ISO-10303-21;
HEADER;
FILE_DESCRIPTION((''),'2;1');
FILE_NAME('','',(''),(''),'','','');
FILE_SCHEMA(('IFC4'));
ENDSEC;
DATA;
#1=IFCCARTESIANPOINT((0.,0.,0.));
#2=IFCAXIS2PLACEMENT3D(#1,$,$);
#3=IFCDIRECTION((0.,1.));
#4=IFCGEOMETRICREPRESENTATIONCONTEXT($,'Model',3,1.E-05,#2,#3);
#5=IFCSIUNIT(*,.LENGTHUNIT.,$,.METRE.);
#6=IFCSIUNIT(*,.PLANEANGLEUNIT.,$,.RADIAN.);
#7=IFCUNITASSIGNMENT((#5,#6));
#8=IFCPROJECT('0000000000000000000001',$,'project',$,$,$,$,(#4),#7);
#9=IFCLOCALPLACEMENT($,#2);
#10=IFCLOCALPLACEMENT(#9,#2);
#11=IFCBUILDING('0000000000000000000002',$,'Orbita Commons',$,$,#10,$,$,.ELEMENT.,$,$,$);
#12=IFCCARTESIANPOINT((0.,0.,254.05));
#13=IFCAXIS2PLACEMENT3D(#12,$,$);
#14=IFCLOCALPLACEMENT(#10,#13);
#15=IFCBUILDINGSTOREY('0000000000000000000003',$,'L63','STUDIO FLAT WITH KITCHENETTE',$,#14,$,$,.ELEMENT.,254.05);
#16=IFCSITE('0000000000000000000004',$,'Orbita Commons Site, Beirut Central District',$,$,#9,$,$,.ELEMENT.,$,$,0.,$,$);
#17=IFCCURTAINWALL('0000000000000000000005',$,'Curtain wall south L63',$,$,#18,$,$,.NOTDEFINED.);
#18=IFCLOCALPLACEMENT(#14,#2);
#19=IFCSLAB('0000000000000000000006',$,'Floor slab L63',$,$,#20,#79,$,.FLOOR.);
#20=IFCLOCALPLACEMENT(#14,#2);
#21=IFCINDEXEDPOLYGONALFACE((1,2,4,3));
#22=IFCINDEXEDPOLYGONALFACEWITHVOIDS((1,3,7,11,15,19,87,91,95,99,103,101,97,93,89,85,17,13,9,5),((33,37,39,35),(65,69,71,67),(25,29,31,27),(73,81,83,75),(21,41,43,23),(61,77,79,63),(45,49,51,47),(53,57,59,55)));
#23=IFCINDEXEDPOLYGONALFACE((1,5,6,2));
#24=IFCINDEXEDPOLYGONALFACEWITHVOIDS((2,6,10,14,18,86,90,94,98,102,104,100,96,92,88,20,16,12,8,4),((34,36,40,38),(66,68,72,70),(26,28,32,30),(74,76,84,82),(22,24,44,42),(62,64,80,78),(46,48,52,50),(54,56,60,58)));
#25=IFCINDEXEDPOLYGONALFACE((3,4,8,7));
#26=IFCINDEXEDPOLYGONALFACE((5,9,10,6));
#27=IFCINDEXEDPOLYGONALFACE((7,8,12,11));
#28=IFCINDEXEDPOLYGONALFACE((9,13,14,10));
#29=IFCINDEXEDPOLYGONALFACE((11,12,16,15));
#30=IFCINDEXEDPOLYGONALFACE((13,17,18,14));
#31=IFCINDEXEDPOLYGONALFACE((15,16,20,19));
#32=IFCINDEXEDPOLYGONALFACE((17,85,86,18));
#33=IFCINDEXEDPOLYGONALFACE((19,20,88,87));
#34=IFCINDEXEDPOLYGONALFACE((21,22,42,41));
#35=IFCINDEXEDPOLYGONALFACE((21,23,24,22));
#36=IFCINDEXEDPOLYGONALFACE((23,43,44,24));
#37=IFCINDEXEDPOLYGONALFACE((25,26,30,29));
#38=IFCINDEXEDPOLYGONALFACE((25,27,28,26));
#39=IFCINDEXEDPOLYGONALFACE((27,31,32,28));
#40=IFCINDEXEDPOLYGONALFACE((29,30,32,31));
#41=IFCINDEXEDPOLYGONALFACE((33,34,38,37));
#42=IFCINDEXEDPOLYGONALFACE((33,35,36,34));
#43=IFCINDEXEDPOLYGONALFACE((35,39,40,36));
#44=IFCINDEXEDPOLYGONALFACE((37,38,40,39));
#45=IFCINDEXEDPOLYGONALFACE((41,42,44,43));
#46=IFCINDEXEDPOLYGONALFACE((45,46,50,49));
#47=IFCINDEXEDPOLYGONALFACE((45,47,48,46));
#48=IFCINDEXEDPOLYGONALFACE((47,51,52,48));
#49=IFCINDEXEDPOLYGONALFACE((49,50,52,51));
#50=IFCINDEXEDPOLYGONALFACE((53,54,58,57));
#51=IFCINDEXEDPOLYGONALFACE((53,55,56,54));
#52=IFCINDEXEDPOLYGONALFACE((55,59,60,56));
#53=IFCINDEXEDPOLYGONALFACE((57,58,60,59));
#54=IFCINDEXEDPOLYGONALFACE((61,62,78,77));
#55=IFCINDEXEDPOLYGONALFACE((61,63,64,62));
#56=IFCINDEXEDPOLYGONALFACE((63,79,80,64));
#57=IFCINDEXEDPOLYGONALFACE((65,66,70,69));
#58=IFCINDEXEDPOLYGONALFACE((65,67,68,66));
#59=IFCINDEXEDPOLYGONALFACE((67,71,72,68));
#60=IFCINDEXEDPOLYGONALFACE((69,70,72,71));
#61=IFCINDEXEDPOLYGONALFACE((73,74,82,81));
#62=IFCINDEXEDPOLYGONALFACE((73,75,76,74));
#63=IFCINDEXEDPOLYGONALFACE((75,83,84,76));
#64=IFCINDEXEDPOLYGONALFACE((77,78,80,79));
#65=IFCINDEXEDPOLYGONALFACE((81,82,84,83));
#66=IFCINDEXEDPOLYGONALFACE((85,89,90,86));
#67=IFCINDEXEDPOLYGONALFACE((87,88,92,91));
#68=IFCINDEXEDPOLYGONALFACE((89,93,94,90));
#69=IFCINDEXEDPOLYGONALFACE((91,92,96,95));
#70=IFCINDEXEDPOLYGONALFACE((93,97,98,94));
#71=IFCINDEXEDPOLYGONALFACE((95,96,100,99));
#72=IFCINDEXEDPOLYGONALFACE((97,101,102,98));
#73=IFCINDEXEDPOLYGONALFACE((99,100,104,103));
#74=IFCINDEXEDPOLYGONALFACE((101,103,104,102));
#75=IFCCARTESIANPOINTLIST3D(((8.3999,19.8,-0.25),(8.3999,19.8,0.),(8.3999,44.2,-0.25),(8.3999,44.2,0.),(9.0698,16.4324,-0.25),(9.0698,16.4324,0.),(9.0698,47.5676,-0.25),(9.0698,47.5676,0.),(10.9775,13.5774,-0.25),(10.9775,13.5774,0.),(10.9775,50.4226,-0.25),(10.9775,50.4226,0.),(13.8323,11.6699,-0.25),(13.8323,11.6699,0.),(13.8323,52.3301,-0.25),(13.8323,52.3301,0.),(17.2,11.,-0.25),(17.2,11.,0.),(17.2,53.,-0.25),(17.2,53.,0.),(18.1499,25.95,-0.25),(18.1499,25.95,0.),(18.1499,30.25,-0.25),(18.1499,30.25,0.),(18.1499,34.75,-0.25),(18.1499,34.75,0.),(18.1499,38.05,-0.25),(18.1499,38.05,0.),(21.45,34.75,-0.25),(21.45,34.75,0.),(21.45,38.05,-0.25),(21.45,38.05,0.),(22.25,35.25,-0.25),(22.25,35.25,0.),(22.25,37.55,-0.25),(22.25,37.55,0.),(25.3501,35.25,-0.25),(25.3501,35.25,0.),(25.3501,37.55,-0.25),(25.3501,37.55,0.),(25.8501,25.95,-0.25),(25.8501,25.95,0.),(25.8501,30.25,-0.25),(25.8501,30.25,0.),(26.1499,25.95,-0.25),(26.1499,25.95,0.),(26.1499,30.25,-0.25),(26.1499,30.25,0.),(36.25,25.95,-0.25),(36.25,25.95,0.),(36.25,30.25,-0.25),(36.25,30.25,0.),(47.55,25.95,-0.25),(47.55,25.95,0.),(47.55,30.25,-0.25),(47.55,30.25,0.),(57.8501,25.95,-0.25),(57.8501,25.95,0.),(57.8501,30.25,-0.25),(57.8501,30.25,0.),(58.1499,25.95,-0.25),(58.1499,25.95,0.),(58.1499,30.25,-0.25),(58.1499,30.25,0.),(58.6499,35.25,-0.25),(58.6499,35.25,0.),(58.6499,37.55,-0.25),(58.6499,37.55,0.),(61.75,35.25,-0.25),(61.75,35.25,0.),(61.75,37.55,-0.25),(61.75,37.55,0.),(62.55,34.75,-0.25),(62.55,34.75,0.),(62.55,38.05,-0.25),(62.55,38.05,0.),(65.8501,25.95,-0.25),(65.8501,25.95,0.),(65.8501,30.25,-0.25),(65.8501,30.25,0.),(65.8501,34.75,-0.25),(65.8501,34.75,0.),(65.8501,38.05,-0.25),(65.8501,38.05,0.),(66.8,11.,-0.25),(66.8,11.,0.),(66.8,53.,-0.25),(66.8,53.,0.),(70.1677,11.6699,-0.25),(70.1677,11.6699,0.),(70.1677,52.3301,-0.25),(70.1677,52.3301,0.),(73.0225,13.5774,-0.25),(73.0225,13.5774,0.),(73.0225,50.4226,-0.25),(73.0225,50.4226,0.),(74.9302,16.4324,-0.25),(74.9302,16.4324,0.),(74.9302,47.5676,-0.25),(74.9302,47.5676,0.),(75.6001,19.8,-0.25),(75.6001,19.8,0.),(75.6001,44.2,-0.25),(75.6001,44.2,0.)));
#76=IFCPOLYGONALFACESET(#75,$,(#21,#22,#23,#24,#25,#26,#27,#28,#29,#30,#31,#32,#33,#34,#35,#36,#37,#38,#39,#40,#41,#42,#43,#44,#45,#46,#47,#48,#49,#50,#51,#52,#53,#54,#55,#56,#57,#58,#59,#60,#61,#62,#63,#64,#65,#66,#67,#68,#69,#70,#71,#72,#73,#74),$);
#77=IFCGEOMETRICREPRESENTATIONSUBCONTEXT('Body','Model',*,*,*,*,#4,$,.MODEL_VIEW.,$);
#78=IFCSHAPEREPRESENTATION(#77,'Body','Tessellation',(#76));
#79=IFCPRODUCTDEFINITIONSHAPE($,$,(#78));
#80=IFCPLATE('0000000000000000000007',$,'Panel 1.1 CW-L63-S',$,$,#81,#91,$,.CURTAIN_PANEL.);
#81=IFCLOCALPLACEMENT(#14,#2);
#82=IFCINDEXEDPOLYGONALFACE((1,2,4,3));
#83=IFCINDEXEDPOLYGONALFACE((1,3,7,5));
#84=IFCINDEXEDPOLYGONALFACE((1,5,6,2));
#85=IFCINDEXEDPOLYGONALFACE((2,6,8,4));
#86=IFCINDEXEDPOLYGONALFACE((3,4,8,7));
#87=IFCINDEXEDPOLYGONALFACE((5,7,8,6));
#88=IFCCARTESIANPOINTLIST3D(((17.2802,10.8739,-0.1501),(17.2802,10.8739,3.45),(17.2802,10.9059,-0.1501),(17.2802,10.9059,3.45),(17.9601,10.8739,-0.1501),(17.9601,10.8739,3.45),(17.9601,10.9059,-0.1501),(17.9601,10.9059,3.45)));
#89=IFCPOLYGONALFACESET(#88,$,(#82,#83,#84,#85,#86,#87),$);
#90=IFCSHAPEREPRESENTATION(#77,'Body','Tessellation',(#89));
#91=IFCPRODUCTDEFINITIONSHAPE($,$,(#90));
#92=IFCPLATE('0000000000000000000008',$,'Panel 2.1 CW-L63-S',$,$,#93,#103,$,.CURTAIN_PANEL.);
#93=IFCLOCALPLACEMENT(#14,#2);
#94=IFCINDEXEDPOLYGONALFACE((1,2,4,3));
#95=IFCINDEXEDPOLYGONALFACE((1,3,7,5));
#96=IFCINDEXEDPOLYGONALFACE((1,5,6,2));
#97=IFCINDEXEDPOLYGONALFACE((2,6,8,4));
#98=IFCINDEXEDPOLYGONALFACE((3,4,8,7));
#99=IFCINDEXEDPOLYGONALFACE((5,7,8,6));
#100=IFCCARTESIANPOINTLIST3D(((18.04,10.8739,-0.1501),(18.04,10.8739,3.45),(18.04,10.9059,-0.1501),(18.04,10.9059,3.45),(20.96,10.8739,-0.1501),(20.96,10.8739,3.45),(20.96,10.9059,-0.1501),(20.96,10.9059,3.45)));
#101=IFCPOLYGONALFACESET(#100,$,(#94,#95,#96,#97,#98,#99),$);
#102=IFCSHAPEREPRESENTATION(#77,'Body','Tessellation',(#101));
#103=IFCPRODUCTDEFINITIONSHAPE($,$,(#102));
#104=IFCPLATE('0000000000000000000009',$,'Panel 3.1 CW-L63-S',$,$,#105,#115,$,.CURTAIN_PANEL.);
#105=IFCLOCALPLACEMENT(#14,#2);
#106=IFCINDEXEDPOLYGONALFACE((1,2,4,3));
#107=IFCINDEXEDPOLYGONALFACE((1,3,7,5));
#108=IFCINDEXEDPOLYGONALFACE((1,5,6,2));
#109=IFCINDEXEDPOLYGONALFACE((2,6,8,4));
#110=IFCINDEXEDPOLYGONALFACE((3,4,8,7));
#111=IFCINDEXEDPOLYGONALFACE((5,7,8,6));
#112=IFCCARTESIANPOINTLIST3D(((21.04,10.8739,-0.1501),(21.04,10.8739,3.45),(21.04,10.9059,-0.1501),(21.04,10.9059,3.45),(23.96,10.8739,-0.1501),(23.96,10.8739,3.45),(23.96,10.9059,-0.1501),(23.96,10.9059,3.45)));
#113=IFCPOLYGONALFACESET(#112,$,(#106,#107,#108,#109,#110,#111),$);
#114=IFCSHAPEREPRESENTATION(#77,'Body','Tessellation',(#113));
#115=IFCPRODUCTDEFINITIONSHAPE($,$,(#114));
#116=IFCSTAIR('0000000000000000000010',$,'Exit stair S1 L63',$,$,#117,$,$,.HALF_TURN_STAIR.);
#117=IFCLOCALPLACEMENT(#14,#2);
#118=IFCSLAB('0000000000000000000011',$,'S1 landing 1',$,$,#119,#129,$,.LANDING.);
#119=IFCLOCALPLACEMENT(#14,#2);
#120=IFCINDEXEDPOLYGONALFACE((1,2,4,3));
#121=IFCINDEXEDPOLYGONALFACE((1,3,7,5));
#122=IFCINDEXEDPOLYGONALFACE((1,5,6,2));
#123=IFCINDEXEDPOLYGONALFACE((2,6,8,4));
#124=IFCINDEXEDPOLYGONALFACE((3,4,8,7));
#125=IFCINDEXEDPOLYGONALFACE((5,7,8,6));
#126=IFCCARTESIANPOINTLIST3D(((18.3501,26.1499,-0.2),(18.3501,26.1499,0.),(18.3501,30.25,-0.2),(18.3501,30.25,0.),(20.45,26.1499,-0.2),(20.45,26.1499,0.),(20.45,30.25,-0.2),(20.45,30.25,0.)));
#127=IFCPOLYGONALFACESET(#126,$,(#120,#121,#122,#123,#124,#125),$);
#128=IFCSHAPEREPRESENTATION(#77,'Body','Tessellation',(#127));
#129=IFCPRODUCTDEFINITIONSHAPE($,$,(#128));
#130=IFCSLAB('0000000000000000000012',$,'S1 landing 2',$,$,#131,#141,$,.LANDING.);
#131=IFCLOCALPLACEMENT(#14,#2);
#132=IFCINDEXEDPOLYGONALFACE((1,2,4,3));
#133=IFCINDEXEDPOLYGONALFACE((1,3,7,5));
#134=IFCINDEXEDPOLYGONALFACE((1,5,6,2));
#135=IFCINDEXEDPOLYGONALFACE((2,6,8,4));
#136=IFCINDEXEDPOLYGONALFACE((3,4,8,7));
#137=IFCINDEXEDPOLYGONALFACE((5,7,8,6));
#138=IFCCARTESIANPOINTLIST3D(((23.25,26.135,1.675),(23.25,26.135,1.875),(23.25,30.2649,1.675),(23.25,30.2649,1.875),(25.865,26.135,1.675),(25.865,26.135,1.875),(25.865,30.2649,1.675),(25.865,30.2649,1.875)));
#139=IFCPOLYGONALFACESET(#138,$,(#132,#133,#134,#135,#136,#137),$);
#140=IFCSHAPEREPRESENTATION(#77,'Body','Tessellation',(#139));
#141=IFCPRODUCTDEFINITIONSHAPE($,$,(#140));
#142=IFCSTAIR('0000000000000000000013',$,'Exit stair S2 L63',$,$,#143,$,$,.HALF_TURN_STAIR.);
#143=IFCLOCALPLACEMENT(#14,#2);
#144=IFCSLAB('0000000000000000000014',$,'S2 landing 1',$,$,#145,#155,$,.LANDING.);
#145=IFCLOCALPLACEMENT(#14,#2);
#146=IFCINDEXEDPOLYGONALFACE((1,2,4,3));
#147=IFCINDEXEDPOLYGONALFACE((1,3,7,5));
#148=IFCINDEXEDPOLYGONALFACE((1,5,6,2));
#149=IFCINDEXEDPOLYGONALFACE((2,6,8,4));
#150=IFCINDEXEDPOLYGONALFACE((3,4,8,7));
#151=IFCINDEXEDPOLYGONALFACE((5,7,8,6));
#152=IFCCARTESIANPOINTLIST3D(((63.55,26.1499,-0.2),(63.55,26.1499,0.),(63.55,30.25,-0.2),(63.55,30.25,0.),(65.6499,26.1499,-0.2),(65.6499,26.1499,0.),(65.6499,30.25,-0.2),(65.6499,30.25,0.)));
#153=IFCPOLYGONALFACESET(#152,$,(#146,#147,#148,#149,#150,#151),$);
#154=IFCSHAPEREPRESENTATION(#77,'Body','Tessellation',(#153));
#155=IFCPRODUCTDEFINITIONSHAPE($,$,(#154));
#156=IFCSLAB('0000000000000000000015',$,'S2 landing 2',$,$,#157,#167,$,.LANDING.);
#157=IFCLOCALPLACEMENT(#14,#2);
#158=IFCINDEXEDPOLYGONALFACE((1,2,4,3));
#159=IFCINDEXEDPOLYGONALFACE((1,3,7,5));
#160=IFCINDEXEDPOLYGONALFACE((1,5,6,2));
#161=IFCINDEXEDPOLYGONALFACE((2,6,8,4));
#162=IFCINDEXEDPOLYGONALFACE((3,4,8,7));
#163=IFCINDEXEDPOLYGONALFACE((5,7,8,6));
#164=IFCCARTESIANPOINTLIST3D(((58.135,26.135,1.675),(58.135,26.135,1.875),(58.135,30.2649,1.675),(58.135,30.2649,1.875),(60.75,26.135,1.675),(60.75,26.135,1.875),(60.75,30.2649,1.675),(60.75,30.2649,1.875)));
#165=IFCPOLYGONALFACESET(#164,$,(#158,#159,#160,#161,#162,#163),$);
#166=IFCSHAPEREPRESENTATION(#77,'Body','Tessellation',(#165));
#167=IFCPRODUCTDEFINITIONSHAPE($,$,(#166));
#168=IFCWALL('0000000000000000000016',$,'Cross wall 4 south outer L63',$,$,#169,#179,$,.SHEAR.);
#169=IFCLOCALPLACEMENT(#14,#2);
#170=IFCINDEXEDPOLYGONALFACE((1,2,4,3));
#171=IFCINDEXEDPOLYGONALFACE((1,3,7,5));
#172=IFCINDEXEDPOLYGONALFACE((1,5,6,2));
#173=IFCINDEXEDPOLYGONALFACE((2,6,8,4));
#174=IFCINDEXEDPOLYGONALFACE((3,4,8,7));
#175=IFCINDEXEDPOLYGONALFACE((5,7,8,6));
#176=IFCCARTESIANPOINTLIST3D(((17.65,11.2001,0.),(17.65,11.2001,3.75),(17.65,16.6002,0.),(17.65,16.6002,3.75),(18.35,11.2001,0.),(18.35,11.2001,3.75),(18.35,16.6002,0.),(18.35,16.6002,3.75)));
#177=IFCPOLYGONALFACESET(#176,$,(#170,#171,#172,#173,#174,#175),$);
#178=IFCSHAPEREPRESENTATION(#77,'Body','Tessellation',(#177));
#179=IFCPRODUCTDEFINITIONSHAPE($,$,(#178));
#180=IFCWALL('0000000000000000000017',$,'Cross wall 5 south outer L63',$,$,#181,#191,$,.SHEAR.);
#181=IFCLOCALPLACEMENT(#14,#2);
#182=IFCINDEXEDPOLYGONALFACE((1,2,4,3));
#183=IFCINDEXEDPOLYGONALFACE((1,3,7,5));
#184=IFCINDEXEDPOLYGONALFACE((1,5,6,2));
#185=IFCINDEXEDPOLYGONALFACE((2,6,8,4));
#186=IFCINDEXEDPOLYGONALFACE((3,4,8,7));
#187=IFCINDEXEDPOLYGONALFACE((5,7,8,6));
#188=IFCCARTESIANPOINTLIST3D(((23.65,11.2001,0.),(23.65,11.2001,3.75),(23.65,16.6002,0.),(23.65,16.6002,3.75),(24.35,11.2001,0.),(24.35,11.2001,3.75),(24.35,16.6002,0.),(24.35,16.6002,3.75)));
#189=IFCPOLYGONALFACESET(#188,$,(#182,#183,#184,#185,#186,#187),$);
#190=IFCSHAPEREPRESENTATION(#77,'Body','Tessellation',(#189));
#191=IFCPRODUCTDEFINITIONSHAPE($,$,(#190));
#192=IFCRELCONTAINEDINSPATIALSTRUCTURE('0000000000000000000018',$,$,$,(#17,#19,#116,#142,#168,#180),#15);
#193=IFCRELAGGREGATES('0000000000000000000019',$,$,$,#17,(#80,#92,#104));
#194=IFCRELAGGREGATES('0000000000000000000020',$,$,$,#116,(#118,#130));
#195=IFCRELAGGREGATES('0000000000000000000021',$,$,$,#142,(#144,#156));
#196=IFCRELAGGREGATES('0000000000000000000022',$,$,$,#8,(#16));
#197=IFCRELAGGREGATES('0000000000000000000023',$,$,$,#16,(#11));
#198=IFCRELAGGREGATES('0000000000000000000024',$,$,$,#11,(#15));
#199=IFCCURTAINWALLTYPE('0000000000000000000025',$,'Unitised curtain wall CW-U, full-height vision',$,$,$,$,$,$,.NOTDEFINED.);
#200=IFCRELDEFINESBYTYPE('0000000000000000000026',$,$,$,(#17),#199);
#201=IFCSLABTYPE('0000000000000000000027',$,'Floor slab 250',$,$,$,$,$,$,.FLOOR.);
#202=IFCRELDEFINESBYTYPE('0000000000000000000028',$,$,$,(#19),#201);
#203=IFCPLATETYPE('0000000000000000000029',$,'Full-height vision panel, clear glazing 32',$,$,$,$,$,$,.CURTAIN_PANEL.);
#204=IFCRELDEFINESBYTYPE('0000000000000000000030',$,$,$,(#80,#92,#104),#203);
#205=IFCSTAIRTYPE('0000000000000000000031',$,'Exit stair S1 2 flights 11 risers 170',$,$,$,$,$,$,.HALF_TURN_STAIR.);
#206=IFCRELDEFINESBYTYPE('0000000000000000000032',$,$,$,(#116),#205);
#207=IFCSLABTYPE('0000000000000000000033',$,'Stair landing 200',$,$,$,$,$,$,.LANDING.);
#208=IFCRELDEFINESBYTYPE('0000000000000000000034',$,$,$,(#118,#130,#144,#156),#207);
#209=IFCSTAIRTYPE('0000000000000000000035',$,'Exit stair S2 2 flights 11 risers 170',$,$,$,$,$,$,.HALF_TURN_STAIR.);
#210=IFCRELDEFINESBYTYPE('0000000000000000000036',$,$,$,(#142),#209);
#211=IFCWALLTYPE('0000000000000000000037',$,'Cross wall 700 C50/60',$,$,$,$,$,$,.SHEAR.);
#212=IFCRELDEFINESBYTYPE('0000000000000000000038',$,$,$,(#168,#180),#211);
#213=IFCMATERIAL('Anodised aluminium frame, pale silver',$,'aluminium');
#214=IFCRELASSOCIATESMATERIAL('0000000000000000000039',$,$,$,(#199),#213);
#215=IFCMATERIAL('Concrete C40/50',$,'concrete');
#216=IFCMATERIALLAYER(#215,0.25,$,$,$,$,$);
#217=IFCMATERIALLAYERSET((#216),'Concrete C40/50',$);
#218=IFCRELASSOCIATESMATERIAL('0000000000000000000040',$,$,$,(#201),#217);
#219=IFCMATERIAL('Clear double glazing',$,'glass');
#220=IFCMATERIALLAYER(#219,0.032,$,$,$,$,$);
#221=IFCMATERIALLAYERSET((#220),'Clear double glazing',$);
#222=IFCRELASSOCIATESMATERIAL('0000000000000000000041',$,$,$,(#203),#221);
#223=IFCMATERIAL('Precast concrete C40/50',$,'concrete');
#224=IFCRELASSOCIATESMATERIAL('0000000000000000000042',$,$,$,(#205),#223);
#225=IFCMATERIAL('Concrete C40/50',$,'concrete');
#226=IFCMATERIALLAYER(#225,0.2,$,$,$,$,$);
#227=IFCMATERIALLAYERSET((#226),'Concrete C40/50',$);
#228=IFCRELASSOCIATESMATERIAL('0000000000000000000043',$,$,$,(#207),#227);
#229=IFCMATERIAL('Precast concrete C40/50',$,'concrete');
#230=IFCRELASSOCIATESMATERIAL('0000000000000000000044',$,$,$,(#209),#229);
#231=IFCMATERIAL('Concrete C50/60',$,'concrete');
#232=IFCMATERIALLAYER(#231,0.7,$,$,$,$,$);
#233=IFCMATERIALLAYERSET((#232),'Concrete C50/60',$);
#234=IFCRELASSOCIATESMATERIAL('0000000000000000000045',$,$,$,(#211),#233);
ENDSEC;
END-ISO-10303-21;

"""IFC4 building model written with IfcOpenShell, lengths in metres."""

from ifc_helpers import new_model, si_unit, direction, frame, frame_2d, origin, origin_2d, place, context, subcontext, project, spatial, polyline, rectangle, outline, extrude, material, layer, layer_set, type_object, element, aggregate, save


model = new_model("IFC4")

# Units and contexts
model_context = context("Model", 3, precision=1e-05, world=origin(), true_north=direction((0.0, 1.0)))
body_context = subcontext(model_context, "Body", "Model", "MODEL_VIEW")
ifc_project = project(units=[si_unit("LENGTHUNIT", "METRE"), si_unit("PLANEANGLEUNIT", "RADIAN")], contexts=[model_context])

# Site, building, storey
site_placement = place(None, origin())
site = spatial("IfcSite", under=ifc_project, at=site_placement, Name="Orbita Commons Site, Beirut Central District", CompositionType="ELEMENT", RefElevation=0.0)
building_placement = place(site_placement, origin())
building = spatial("IfcBuilding", under=site, at=building_placement, Name="Orbita Commons", CompositionType="ELEMENT")
storey_placement = place(building_placement, frame((0.0, 0.0, 254.05)))
storey = spatial("IfcBuildingStorey", under=building, at=storey_placement, Name="L63", Description="STUDIO FLAT WITH KITCHENETTE", CompositionType="ELEMENT", Elevation=254.05)

# Curtain wall
ifc_material_1 = material(Name="Anodised aluminium frame, pale silver", Category="aluminium")
curtain_wall_type = type_object("IfcCurtainWallType", Name="Unitised curtain wall CW-U, full-height vision", PredefinedType="NOTDEFINED", material=ifc_material_1)
curtain_wall_placement = place(storey_placement, origin())
curtain_wall = element("IfcCurtainWall", 1, at=curtain_wall_placement, inside=storey, type_object=curtain_wall_type, Name="Curtain wall south L63", PredefinedType="NOTDEFINED")

# Slab
ifc_material_2 = material(Name="Concrete C40/50", Category="concrete")
ifc_layer_1 = layer(ifc_material_2, 0.25)
ifc_layer_set_1 = layer_set([ifc_layer_1], Name="Concrete C40/50")
slab_type_1 = type_object("IfcSlabType", Name="Floor slab 250", PredefinedType="FLOOR", material=ifc_layer_set_1)
slab_1_placement = place(storey_placement, frame((0.0, 0.0, -0.25)))
element("IfcSlab", 2, at=slab_1_placement, inside=storey, type_object=slab_type_1, Name="Floor slab L63", PredefinedType="FLOOR", context=body_context, shape_type="SweptSolid", body=[
    extrude(outline(polyline([(66.8, 11.0), (70.1677, 11.6699), (73.0225, 13.5774), (74.9302, 16.4324), (75.6001, 19.8), (75.6001, 44.2), (74.9302, 47.5676), (73.0225, 50.4226), (70.1677, 52.3301), (66.8, 53.0), (17.2, 53.0), (13.8323, 52.3301), (10.9775, 50.4226), (9.0698, 47.5676), (8.3999, 44.2), (8.3999, 19.8), (9.0698, 16.4324), (10.9775, 13.5774), (13.8323, 11.6699), (17.2, 11.0), (66.8, 11.0)]), holes=[polyline([(18.1499, 25.95), (25.8501, 25.95), (25.8501, 30.25), (18.1499, 30.25), (18.1499, 25.95)]), polyline([(58.1499, 25.95), (65.8501, 25.95), (65.8501, 30.25), (58.1499, 30.25), (58.1499, 25.95)]), polyline([(18.1499, 34.75), (21.45, 34.75), (21.45, 38.05), (18.1499, 38.05), (18.1499, 34.75)]), polyline([(62.55, 34.75), (65.8501, 34.75), (65.8501, 38.05), (62.55, 38.05), (62.55, 34.75)]), polyline([(22.25, 35.25), (25.3501, 35.25), (25.3501, 37.55), (22.25, 37.55), (22.25, 35.25)]), polyline([(58.6499, 35.25), (61.75, 35.25), (61.75, 37.55), (58.6499, 37.55), (58.6499, 35.25)]), polyline([(26.1499, 25.95), (36.25, 25.95), (36.25, 30.25), (26.1499, 30.25), (26.1499, 25.95)]), polyline([(47.55, 25.95), (57.8501, 25.95), (57.8501, 30.25), (47.55, 30.25), (47.55, 25.95)])]), origin(), (0.0, 0.0, 1.0), 0.25),
])

# Plates
ifc_material_3 = material(Name="Clear double glazing", Category="glass")
ifc_layer_2 = layer(ifc_material_3, 0.032)
ifc_layer_set_2 = layer_set([ifc_layer_2], Name="Clear double glazing")
plate_type = type_object("IfcPlateType", Name="Full-height vision panel, clear glazing 32", PredefinedType="CURTAIN_PANEL", material=ifc_layer_set_2)
plate_1_placement = place(storey_placement, frame((17.6201, 10.8899, -0.1501), z_axis=(0.0, 0.0, 1.0), x_axis=(1.0, 0.0, 0.0)))
plate_1 = element("IfcPlate", 3, at=plate_1_placement, type_object=plate_type, Name="Panel 1.1 CW-L63-S", PredefinedType="CURTAIN_PANEL", context=body_context, shape_type="SweptSolid", body=[
    extrude(rectangle(XDim=0.6799, YDim=0.032, at=origin_2d()), origin(), (0.0, 0.0, 1.0), 3.6001),
])
plate_2_placement = place(storey_placement, frame((19.5, 10.8899, -0.1501), z_axis=(0.0, 0.0, 1.0), x_axis=(1.0, 0.0, 0.0)))
plate_2 = element("IfcPlate", 4, at=plate_2_placement, type_object=plate_type, Name="Panel 2.1 CW-L63-S", PredefinedType="CURTAIN_PANEL", context=body_context, shape_type="SweptSolid", body=[
    extrude(rectangle(XDim=2.9199, YDim=0.032, at=origin_2d()), origin(), (0.0, 0.0, 1.0), 3.6001),
])
plate_3_placement = place(storey_placement, frame((22.5, 10.8899, -0.1501), z_axis=(0.0, 0.0, 1.0), x_axis=(1.0, 0.0, 0.0)))
plate_3 = element("IfcPlate", 5, at=plate_3_placement, type_object=plate_type, Name="Panel 3.1 CW-L63-S", PredefinedType="CURTAIN_PANEL", context=body_context, shape_type="SweptSolid", body=[
    extrude(rectangle(XDim=2.9199, YDim=0.032, at=origin_2d()), origin(), (0.0, 0.0, 1.0), 3.6001),
])
aggregate(curtain_wall, [plate_1, plate_2, plate_3])

# Stairs, slabs
ifc_material_4 = material(Name="Precast concrete C40/50", Category="concrete")
stair_type_1 = type_object("IfcStairType", Name="Exit stair S1 2 flights 11 risers 170", PredefinedType="HALF_TURN_STAIR", material=ifc_material_4)
stair_1_placement = place(storey_placement, origin())
stair_1 = element("IfcStair", 6, at=stair_1_placement, inside=storey, type_object=stair_type_1, Name="Exit stair S1 L63", PredefinedType="HALF_TURN_STAIR")
ifc_material_5 = material(Name="Concrete C40/50", Category="concrete")
ifc_layer_3 = layer(ifc_material_5, 0.2)
ifc_layer_set_3 = layer_set([ifc_layer_3], Name="Concrete C40/50")
slab_type_2 = type_object("IfcSlabType", Name="Stair landing 200", PredefinedType="LANDING", material=ifc_layer_set_3)
slab_2_placement = place(storey_placement, frame((0.0, 0.0, -0.2)))
slab_2 = element("IfcSlab", 7, at=slab_2_placement, type_object=slab_type_2, Name="S1 landing 1", PredefinedType="LANDING", context=body_context, shape_type="SweptSolid", body=[
    extrude(outline(polyline([(18.3501, 26.1499), (20.45, 26.1499), (20.45, 30.25), (18.3501, 30.25), (18.3501, 26.1499)])), origin(), (0.0, 0.0, 1.0), 0.2),
])
slab_3_placement = place(storey_placement, frame((0.0, 0.0, 1.675)))
slab_3 = element("IfcSlab", 8, at=slab_3_placement, type_object=slab_type_2, Name="S1 landing 2", PredefinedType="LANDING", context=body_context, shape_type="SweptSolid", body=[
    extrude(outline(polyline([(23.25, 26.135), (25.865, 26.135), (25.865, 30.2649), (23.25, 30.2649), (23.25, 26.135)])), origin(), (0.0, 0.0, 1.0), 0.2),
])
aggregate(stair_1, [slab_2, slab_3])
ifc_material_6 = material(Name="Precast concrete C40/50", Category="concrete")
stair_type_2 = type_object("IfcStairType", Name="Exit stair S2 2 flights 11 risers 170", PredefinedType="HALF_TURN_STAIR", material=ifc_material_6)
stair_2_placement = place(storey_placement, origin())
stair_2 = element("IfcStair", 9, at=stair_2_placement, inside=storey, type_object=stair_type_2, Name="Exit stair S2 L63", PredefinedType="HALF_TURN_STAIR")
slab_4_placement = place(storey_placement, frame((0.0, 0.0, -0.2)))
slab_4 = element("IfcSlab", 10, at=slab_4_placement, type_object=slab_type_2, Name="S2 landing 1", PredefinedType="LANDING", context=body_context, shape_type="SweptSolid", body=[
    extrude(outline(polyline([(63.55, 26.1499), (65.6499, 26.1499), (65.6499, 30.25), (63.55, 30.25), (63.55, 26.1499)])), origin(), (0.0, 0.0, 1.0), 0.2),
])
slab_5_placement = place(storey_placement, frame((0.0, 0.0, 1.675)))
slab_5 = element("IfcSlab", 11, at=slab_5_placement, type_object=slab_type_2, Name="S2 landing 2", PredefinedType="LANDING", context=body_context, shape_type="SweptSolid", body=[
    extrude(outline(polyline([(58.135, 26.135), (60.75, 26.135), (60.75, 30.2649), (58.135, 30.2649), (58.135, 26.135)])), origin(), (0.0, 0.0, 1.0), 0.2),
])
aggregate(stair_2, [slab_4, slab_5])

# Walls
ifc_material_7 = material(Name="Concrete C50/60", Category="concrete")
ifc_layer_4 = layer(ifc_material_7, 0.7)
ifc_layer_set_4 = layer_set([ifc_layer_4], Name="Concrete C50/60")
wall_type_1 = type_object("IfcWallType", Name="Cross wall 700 C50/60", PredefinedType="SHEAR", material=ifc_layer_set_4)
for number, where, z_axis, x_axis, name in (
    (12, (18.0, 11.2, 0.0), (0.0, 0.0, 1.0), (0.0, 1.0, 0.0), "Cross wall 4 south outer L63"),
    (13, (24.0, 11.2, 0.0), (0.0, 0.0, 1.0), (0.0, 1.0, 0.0), "Cross wall 5 south outer L63"),
):
    element("IfcWall", number, at=place(storey_placement, frame(where, z_axis=z_axis, x_axis=x_axis)), inside=storey, type_object=wall_type_1, Name=name, PredefinedType="SHEAR", context=body_context, shape_type="SweptSolid", body=[
        extrude(rectangle(XDim=5.4001, YDim=0.7, at=frame_2d((2.7002, 0.0))), origin(), (0.0, 0.0, 1.0), 3.75),
    ])

save(model, "model.ifc")
